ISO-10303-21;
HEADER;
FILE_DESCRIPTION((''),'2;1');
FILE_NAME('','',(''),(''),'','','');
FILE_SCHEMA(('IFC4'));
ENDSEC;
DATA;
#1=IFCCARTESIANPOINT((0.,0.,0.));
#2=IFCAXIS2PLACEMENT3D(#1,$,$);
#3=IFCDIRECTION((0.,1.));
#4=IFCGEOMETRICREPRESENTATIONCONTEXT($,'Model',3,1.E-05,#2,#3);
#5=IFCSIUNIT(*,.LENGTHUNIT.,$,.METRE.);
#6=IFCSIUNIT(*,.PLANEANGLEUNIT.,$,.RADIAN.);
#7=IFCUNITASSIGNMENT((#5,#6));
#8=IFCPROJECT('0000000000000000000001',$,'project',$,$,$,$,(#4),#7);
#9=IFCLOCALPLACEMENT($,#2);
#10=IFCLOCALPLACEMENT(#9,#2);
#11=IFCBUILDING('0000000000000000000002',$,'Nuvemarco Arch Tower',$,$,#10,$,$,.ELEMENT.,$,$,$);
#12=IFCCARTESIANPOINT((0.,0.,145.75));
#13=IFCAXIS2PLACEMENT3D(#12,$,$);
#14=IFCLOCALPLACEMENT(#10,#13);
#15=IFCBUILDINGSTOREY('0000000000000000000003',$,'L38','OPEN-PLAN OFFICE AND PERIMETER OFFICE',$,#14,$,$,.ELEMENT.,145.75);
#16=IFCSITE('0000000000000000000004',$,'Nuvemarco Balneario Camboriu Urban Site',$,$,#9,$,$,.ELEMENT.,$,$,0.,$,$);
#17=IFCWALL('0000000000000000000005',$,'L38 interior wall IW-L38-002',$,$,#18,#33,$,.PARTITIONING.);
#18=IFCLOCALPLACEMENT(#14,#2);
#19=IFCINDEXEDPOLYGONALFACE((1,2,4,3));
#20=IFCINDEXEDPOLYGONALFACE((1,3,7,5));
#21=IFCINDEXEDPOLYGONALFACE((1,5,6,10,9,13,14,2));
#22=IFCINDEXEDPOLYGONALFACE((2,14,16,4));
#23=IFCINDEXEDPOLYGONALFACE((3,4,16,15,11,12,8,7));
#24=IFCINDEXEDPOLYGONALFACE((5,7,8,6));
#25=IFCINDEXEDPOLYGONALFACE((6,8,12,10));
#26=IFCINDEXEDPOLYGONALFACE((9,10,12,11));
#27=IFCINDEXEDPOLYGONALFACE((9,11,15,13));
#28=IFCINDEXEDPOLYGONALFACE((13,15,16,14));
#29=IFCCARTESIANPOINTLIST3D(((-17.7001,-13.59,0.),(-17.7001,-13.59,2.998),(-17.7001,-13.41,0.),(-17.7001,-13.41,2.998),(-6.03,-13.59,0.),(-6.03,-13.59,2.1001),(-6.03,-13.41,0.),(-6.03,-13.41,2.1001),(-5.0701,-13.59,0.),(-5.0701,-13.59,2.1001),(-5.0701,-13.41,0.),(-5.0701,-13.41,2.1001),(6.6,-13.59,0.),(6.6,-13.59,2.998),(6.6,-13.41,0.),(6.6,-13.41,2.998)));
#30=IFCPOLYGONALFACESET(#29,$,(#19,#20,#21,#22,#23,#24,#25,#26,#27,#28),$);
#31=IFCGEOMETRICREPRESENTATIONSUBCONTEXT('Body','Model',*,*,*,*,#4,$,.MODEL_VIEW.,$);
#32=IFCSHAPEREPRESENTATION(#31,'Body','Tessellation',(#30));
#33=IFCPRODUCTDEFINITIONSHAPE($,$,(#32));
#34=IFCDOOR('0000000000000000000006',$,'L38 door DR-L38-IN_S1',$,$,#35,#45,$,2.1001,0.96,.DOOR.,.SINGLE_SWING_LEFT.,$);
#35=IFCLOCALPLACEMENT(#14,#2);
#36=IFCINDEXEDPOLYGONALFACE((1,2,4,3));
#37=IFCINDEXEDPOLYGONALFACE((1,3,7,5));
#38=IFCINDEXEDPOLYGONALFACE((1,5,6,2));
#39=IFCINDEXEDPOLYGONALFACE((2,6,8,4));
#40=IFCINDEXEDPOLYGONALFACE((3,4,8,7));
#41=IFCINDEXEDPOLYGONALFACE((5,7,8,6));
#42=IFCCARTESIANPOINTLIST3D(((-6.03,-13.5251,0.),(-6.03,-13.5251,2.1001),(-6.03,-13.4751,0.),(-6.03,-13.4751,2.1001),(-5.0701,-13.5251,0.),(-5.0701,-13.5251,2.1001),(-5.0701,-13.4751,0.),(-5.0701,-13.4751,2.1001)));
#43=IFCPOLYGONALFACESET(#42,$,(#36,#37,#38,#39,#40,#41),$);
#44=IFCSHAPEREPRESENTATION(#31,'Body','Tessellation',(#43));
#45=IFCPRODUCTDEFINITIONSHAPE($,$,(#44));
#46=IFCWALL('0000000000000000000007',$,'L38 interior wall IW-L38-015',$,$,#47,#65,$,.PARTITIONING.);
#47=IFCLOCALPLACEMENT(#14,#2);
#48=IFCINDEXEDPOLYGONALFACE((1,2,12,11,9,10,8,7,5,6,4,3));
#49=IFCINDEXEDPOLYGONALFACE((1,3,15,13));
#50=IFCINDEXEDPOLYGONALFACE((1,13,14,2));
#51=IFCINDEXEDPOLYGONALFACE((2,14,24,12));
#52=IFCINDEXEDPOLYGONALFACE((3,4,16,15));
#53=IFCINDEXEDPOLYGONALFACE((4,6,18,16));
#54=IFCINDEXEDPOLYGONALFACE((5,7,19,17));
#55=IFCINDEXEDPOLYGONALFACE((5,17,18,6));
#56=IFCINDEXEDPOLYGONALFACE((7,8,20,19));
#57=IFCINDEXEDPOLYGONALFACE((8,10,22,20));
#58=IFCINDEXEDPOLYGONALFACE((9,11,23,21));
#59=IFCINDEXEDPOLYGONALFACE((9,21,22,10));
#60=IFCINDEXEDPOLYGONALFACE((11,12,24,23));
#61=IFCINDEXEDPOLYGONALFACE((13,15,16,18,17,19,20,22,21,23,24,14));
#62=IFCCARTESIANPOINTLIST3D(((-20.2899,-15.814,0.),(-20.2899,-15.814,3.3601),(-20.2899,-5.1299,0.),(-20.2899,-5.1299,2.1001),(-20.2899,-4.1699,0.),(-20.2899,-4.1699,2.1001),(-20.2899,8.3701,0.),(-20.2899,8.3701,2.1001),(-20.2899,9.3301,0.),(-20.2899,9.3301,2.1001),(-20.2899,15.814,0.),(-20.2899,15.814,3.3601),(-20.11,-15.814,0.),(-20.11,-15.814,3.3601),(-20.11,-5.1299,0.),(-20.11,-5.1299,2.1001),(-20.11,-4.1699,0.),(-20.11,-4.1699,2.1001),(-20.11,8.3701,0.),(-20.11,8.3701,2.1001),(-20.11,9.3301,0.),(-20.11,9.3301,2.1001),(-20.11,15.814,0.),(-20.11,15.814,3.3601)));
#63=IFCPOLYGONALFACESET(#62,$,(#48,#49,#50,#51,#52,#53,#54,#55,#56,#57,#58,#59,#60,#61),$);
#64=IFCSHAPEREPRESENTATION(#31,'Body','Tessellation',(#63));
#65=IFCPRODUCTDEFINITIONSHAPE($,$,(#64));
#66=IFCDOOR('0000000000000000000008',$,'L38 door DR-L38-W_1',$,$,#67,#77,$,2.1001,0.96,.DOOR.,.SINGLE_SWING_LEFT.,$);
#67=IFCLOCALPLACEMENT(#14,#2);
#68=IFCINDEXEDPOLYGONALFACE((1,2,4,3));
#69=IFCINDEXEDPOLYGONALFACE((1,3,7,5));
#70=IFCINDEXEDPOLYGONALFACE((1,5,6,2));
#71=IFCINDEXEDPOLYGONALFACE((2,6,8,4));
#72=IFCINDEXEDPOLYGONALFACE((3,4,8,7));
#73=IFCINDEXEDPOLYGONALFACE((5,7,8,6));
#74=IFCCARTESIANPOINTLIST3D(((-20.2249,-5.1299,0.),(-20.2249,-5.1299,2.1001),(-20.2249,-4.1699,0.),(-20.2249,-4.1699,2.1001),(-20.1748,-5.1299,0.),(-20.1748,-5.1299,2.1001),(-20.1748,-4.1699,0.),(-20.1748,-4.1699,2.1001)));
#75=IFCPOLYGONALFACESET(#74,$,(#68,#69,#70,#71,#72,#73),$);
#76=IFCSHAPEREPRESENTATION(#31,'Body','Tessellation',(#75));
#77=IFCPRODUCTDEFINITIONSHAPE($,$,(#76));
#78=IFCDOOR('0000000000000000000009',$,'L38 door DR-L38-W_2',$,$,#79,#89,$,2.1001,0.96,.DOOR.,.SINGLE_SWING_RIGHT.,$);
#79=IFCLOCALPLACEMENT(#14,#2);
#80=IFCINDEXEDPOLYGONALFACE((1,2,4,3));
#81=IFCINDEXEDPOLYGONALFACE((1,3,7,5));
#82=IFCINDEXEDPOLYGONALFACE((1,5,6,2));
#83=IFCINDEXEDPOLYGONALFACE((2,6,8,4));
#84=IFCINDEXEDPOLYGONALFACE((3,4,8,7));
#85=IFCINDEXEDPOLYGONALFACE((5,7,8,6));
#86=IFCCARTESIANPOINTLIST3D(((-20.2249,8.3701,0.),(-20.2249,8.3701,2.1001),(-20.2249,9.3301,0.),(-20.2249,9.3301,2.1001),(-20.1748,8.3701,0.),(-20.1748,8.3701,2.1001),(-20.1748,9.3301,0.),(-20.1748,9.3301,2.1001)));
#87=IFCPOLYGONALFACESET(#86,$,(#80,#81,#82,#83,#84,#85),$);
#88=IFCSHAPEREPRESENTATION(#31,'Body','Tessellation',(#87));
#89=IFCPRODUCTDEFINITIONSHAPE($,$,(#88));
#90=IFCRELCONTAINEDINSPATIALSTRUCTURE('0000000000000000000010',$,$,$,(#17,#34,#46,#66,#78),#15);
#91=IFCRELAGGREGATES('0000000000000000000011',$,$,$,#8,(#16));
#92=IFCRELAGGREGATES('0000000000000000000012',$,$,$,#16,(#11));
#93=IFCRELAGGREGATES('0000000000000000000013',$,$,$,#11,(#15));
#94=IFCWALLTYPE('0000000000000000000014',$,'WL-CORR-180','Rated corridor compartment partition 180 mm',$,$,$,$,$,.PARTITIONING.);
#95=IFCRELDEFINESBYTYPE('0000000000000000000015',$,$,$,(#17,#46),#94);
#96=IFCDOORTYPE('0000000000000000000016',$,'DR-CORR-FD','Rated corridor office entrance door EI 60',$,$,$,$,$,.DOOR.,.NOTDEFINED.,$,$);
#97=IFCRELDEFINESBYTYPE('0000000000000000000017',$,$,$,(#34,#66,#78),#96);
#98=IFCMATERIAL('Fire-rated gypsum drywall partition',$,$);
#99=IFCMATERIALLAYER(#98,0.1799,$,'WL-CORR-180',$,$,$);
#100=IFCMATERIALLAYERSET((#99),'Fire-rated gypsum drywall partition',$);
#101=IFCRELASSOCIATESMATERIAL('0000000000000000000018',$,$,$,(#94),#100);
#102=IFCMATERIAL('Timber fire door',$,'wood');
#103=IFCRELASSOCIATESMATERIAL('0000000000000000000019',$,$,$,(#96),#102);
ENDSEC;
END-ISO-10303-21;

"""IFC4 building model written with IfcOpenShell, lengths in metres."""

from ifc_helpers import new_model, si_unit, direction, frame, frame_2d, origin, place, context, subcontext, project, spatial, rectangle, extrude, source, transform, mapped, material, layer, layer_set, type_object, type_shapes, element, fill, save


model = new_model("IFC4")

# Units and contexts
model_context = context("Model", 3, precision=1e-05, world=origin(), true_north=direction((0.0, 1.0)))
body_context = subcontext(model_context, "Body", "Model", "MODEL_VIEW")
ifc_project = project(units=[si_unit("LENGTHUNIT", "METRE"), si_unit("PLANEANGLEUNIT", "RADIAN")], contexts=[model_context])

# Site, building, storey
site_placement = place(None, origin())
site = spatial("IfcSite", under=ifc_project, at=site_placement, Name="Nuvemarco Balneario Camboriu Urban Site", CompositionType="ELEMENT", RefElevation=0.0)
building_placement = place(site_placement, origin())
building = spatial("IfcBuilding", under=site, at=building_placement, Name="Nuvemarco Arch Tower", CompositionType="ELEMENT")
storey_placement = place(building_placement, frame((0.0, 0.0, 145.75)))
storey = spatial("IfcBuildingStorey", under=building, at=storey_placement, Name="L38", Description="OPEN-PLAN OFFICE AND PERIMETER OFFICE", CompositionType="ELEMENT", Elevation=145.75)

# Shared definitions
ifc_material_1 = material(Name="Fire-rated gypsum drywall partition")
ifc_layer = layer(ifc_material_1, 0.1799, Name="WL-CORR-180")
ifc_layer_set = layer_set([ifc_layer], Name="Fire-rated gypsum drywall partition")
wall_type = type_object("IfcWallType", Name="WL-CORR-180", Description="Rated corridor compartment partition 180 mm", PredefinedType="PARTITIONING", material=ifc_layer_set)
ifc_material_2 = material(Name="Timber fire door", Category="wood")
door_type = type_object("IfcDoorType", Name="DR-CORR-FD", Description="Rated corridor office entrance door EI 60", OperationType="NOTDEFINED", PredefinedType="DOOR", material=ifc_material_2)
shared_shape = source(origin(), body_context, "Body", "SweptSolid", [
    extrude(rectangle(XDim=0.96, YDim=2.1001, at=frame_2d((0.48, 1.05))), frame((0.0, 0.0249, 0.0), z_axis=(0.0, -1.0, 0.0), x_axis=(1.0, 0.0, 0.0)), (0.0, 0.0, 1.0), 0.05),
])
type_shapes(door_type, [shared_shape])

# Wall, opening, door
wall_1_placement = place(storey_placement, frame((-17.7, -13.5, 0.0), z_axis=(0.0, 0.0, 1.0), x_axis=(1.0, 0.0, 0.0)))
wall_1 = element("IfcWall", 1, at=wall_1_placement, inside=storey, type_object=wall_type, Name="L38 interior wall IW-L38-002", PredefinedType="PARTITIONING", context=body_context, shape_type="SweptSolid", body=[
    extrude(rectangle(XDim=24.3, YDim=0.1799, at=frame_2d((12.1499, 0.0))), origin(), (0.0, 0.0, 1.0), 2.998),
])
opening_1_placement = place(wall_1_placement, frame((11.6699, 0.0, 0.0)))
opening_1 = element("IfcOpeningElement", 2, at=opening_1_placement, cuts=wall_1, PredefinedType="OPENING", context=body_context, shape_type="SweptSolid", body=[
    extrude(rectangle(XDim=0.96, YDim=2.1001, at=frame_2d((0.48, 1.05))), frame((0.0, 0.0999, 0.0), z_axis=(0.0, -1.0, 0.0), x_axis=(1.0, 0.0, 0.0)), (0.0, 0.0, 1.0), 0.2),
])
door_1_placement = place(opening_1_placement, origin())
door_1 = element("IfcDoor", 3, at=door_1_placement, inside=storey, type_object=door_type, Name="L38 door DR-L38-IN_S1", OperationType="SINGLE_SWING_LEFT", OverallHeight=2.1001, OverallWidth=0.96, PredefinedType="DOOR", context=body_context, shape_type="MappedRepresentation", body=[
    mapped(shared_shape, transform((0.0, 0.0, 0.0), scale=1.0)),
])
fill(opening_1, door_1)

# Wall, openings, doors
wall_2_placement = place(storey_placement, frame((-20.2, -15.814, 0.0), z_axis=(0.0, 0.0, 1.0), x_axis=(0.0, 1.0, 0.0)))
wall_2 = element("IfcWall", 4, at=wall_2_placement, inside=storey, type_object=wall_type, Name="L38 interior wall IW-L38-015", PredefinedType="PARTITIONING", context=body_context, shape_type="SweptSolid", body=[
    extrude(rectangle(XDim=31.6279, YDim=0.1799, at=frame_2d((15.814, 0.0))), origin(), (0.0, 0.0, 1.0), 3.3601),
])
opening_2_placement = place(wall_2_placement, frame((10.6841, 0.0, 0.0)))
opening_2 = element("IfcOpeningElement", 5, at=opening_2_placement, cuts=wall_2, PredefinedType="OPENING", context=body_context, shape_type="SweptSolid", body=[
    extrude(rectangle(XDim=0.96, YDim=2.1001, at=frame_2d((0.48, 1.05))), frame((0.0, 0.0999, 0.0), z_axis=(0.0, -1.0, 0.0), x_axis=(1.0, 0.0, 0.0)), (0.0, 0.0, 1.0), 0.2),
])
opening_3_placement = place(wall_2_placement, frame((24.1841, 0.0, 0.0)))
opening_3 = element("IfcOpeningElement", 6, at=opening_3_placement, cuts=wall_2, PredefinedType="OPENING", context=body_context, shape_type="SweptSolid", body=[
    extrude(rectangle(XDim=0.96, YDim=2.1001, at=frame_2d((0.48, 1.05))), frame((0.0, 0.0999, 0.0), z_axis=(0.0, -1.0, 0.0), x_axis=(1.0, 0.0, 0.0)), (0.0, 0.0, 1.0), 0.2),
])
door_2_placement = place(opening_2_placement, origin())
door_2 = element("IfcDoor", 7, at=door_2_placement, inside=storey, type_object=door_type, Name="L38 door DR-L38-W_1", OperationType="SINGLE_SWING_LEFT", OverallHeight=2.1001, OverallWidth=0.96, PredefinedType="DOOR", context=body_context, shape_type="MappedRepresentation", body=[
    mapped(shared_shape, transform((0.0, 0.0, 0.0), scale=1.0)),
])
fill(opening_2, door_2)
door_3_placement = place(opening_3_placement, origin())
door_3 = element("IfcDoor", 8, at=door_3_placement, inside=storey, type_object=door_type, Name="L38 door DR-L38-W_2", OperationType="SINGLE_SWING_RIGHT", OverallHeight=2.1001, OverallWidth=0.96, PredefinedType="DOOR", context=body_context, shape_type="MappedRepresentation", body=[
    mapped(shared_shape, transform((0.0, 0.0, 0.0), scale=1.0)),
])
fill(opening_3, door_3)

save(model, "model.ifc")
